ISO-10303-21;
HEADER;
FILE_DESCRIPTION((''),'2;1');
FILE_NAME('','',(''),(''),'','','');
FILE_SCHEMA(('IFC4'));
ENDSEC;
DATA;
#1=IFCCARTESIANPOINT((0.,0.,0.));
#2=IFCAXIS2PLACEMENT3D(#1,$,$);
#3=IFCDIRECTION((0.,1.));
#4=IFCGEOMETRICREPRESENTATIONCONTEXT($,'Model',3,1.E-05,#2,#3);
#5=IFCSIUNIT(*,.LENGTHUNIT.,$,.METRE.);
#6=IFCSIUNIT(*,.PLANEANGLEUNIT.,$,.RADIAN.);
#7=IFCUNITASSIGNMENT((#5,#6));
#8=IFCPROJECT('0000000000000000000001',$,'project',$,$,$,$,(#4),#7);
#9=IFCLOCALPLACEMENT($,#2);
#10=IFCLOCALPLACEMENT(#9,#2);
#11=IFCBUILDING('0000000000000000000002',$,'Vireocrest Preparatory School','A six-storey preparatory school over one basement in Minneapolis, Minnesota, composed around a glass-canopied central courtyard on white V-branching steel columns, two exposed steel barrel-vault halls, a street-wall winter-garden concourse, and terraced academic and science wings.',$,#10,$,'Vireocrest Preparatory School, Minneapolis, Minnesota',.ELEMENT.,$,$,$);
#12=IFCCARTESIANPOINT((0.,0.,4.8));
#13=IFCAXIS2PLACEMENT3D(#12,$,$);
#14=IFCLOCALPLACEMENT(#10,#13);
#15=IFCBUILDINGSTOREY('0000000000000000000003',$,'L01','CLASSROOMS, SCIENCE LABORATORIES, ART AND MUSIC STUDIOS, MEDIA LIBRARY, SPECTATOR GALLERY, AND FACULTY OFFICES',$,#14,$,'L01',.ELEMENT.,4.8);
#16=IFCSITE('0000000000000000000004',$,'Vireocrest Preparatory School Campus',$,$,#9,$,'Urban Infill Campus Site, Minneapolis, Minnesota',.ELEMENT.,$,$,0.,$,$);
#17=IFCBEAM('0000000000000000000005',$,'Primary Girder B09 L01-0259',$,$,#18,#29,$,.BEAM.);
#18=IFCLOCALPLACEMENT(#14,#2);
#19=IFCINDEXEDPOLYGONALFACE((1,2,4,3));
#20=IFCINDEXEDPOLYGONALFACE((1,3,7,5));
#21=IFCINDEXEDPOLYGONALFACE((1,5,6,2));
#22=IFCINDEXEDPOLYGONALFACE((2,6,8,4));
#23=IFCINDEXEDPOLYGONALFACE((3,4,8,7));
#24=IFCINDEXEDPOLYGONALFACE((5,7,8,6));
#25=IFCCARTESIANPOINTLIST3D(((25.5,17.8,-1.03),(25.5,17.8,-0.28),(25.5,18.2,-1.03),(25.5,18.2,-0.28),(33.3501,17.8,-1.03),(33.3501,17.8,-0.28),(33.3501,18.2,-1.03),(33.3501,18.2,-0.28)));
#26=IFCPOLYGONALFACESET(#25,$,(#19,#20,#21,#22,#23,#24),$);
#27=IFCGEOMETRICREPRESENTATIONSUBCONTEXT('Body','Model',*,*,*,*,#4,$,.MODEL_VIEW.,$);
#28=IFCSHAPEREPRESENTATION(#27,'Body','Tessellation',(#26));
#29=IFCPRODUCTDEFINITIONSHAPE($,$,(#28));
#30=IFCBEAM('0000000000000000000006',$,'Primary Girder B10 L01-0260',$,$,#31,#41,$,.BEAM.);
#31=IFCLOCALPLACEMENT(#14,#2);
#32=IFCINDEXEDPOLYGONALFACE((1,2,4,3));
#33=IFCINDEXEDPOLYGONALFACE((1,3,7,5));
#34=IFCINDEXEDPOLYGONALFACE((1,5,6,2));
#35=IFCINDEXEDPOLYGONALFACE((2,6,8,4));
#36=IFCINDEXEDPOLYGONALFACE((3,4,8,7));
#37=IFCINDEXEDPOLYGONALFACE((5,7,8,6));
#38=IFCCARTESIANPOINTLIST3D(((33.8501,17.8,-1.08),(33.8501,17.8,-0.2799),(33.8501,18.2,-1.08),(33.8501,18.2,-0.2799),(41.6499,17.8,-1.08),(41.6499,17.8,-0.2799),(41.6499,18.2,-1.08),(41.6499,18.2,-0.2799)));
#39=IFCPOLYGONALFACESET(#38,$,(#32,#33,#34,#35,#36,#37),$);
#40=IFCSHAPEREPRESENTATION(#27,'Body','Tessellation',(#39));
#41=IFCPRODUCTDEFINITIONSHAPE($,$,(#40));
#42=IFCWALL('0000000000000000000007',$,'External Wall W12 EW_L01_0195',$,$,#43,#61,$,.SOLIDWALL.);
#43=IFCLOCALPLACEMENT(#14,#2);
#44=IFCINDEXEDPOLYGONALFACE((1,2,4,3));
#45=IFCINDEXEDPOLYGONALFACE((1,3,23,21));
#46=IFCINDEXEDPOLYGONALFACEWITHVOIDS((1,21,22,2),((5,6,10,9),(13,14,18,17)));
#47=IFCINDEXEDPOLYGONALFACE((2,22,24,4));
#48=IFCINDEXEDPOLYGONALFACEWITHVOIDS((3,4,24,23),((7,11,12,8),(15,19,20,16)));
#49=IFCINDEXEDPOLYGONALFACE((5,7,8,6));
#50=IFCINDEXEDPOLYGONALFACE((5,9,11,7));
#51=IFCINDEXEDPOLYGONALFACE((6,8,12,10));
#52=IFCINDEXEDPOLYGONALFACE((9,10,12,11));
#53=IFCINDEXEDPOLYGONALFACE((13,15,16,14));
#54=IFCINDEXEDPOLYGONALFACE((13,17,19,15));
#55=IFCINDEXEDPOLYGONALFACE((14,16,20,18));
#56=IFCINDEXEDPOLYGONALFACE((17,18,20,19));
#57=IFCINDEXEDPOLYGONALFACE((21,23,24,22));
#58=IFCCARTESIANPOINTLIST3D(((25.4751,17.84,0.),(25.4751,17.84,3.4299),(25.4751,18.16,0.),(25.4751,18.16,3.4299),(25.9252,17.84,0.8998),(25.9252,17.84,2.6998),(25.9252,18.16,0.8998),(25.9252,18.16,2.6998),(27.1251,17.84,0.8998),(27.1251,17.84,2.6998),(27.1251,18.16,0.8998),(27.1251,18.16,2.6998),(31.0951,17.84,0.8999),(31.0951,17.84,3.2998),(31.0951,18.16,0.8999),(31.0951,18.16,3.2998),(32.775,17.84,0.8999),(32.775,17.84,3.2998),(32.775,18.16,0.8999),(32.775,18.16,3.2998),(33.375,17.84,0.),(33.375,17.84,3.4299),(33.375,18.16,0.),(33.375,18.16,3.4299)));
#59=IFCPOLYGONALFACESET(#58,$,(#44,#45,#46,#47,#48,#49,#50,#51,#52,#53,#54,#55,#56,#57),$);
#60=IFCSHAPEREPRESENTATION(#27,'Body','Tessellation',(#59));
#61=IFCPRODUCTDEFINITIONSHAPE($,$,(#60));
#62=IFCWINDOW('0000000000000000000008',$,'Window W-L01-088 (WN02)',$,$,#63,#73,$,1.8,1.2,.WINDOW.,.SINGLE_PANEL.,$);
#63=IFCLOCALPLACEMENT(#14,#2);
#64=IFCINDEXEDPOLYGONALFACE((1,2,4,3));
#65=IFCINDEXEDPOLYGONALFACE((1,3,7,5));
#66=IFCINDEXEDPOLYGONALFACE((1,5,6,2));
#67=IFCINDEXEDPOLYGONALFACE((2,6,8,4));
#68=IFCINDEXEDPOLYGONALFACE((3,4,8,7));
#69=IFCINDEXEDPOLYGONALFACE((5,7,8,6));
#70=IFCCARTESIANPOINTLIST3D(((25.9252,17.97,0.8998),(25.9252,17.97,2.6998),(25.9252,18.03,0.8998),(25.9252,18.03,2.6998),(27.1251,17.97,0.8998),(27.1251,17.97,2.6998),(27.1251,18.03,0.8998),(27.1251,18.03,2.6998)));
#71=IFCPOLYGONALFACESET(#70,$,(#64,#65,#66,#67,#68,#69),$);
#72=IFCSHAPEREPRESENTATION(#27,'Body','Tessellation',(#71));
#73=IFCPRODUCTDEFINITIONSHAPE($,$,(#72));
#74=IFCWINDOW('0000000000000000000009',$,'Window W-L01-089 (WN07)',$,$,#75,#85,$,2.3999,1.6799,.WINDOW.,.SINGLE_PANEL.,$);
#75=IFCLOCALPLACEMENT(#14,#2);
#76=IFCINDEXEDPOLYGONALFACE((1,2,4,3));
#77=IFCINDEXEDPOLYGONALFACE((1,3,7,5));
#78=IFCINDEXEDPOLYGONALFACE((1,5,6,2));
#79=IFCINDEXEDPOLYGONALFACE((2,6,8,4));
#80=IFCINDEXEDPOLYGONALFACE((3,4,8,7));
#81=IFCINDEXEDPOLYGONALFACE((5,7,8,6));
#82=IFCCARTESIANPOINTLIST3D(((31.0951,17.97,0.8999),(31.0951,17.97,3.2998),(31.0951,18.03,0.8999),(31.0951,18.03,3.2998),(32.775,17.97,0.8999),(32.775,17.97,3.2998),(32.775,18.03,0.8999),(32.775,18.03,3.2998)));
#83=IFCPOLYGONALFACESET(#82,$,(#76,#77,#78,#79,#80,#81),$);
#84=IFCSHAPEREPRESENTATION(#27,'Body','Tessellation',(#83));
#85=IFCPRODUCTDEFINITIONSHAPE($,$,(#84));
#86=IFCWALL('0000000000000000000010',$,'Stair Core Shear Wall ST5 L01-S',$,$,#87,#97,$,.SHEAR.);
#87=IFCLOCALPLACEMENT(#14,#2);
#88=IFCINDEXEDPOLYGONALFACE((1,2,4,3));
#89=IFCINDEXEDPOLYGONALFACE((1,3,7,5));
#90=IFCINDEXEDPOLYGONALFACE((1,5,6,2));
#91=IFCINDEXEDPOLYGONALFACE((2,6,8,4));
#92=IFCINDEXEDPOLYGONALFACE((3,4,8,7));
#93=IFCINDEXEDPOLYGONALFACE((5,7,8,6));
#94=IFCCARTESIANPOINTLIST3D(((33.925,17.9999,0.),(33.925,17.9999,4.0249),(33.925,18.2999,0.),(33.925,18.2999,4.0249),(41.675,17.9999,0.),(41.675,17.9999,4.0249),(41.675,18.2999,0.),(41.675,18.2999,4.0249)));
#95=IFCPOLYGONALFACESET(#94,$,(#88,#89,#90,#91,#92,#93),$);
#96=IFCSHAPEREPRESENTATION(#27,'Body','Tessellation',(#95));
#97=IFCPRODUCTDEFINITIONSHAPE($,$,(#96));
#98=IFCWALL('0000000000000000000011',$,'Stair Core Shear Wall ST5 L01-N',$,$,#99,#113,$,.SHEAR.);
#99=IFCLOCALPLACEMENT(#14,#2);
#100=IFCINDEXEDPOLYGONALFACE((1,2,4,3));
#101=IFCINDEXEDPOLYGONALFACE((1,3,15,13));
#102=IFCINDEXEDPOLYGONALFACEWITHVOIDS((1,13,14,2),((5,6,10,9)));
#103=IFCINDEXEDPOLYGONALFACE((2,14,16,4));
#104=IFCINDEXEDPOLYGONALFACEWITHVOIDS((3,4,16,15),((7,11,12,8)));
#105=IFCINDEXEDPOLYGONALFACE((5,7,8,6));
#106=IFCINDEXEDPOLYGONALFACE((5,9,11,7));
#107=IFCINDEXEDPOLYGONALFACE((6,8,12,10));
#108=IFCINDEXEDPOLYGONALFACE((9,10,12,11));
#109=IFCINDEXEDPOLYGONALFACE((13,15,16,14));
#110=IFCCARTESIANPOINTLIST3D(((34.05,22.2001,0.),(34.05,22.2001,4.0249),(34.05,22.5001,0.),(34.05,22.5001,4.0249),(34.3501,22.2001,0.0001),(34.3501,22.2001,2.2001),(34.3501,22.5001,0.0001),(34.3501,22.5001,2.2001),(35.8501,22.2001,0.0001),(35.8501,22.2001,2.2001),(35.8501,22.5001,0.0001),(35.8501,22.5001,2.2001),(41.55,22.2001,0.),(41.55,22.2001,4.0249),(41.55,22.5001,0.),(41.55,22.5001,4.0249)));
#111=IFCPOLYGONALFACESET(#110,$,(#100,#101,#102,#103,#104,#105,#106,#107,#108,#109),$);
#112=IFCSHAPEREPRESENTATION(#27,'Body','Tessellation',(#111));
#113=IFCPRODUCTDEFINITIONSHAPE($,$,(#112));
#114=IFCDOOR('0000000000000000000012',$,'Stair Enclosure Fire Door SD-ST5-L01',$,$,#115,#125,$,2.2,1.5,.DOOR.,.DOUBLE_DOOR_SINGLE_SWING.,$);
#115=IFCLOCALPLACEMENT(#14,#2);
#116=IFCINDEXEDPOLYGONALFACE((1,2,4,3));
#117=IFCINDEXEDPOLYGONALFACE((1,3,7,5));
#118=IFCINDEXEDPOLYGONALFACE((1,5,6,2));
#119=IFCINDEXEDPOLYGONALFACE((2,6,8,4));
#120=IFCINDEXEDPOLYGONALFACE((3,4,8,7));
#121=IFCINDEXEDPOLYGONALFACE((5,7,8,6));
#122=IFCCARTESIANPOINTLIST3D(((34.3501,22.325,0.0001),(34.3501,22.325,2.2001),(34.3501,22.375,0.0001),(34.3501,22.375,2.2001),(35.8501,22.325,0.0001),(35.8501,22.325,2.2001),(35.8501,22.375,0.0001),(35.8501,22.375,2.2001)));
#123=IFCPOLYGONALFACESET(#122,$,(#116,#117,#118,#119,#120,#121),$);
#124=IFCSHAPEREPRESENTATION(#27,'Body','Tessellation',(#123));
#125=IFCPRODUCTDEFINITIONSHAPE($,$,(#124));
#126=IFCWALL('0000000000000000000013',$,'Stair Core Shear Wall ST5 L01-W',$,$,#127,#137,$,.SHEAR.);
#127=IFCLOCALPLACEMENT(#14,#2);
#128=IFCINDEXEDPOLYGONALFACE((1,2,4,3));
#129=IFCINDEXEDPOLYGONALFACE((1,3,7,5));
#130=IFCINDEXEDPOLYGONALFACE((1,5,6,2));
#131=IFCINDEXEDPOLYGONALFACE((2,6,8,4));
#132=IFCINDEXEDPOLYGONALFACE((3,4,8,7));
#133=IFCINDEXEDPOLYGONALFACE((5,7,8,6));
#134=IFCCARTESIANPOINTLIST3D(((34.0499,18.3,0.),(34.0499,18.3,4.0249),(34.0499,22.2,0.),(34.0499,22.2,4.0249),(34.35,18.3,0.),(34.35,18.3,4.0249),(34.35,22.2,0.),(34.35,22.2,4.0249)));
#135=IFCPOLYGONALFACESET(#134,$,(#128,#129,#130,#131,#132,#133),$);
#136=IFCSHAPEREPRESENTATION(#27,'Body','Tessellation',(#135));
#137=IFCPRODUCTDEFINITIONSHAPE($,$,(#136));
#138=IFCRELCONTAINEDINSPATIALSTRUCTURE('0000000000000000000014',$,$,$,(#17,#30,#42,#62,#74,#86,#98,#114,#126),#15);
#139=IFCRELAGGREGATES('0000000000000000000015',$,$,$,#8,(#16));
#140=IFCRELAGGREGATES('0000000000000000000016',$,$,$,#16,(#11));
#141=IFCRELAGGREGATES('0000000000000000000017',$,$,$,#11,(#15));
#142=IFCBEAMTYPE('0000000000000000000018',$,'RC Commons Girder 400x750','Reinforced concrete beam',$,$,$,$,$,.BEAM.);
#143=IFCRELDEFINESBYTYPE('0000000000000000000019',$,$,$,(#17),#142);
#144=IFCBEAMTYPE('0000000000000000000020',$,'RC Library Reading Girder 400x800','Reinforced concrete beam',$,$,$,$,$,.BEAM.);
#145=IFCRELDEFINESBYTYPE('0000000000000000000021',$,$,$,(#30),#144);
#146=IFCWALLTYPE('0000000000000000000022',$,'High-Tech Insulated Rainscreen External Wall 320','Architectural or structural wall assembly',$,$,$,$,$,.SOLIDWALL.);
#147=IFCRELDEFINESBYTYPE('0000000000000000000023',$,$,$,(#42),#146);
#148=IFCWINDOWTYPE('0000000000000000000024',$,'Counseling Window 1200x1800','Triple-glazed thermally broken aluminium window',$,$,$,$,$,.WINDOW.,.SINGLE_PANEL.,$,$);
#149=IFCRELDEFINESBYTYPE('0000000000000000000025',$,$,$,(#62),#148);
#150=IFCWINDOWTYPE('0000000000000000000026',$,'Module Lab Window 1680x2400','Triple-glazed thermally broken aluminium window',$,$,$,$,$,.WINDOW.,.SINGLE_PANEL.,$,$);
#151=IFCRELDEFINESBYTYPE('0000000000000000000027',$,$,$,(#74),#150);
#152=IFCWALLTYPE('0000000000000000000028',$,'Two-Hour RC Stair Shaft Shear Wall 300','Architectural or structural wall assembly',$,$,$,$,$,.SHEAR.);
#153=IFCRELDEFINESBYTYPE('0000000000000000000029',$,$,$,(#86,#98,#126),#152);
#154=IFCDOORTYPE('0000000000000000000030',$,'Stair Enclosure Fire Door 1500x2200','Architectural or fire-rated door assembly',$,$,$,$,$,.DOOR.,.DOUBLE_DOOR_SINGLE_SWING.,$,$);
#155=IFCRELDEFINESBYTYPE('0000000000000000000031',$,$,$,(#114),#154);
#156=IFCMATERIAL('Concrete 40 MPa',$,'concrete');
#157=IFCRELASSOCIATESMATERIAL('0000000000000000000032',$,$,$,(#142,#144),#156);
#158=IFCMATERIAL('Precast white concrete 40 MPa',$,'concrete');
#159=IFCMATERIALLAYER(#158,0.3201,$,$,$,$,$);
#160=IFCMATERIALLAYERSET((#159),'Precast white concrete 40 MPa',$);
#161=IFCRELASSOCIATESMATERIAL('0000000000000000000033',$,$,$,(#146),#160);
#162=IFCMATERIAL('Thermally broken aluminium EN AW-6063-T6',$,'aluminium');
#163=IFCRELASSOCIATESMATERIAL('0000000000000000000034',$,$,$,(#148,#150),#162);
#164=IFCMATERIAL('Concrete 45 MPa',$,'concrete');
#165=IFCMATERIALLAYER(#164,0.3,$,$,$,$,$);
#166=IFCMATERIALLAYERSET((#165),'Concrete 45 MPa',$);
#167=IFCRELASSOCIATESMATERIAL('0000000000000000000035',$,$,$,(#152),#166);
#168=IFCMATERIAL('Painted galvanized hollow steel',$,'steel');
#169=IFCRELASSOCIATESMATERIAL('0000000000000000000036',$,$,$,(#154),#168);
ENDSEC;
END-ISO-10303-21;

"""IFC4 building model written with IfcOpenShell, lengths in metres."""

from ifc_helpers import new_model, si_unit, direction, frame, frame_2d, origin, origin_2d, place, context, subcontext, project, spatial, rectangle, extrude, material, layer, layer_set, material_profile, profile_set, type_object, element, fill, save


model = new_model("IFC4")

# Units and contexts
model_context = context("Model", 3, precision=1e-05, world=origin(), true_north=direction((0.0, 1.0)))
body_context = subcontext(model_context, "Body", "Model", "MODEL_VIEW")
ifc_project = project(units=[si_unit("LENGTHUNIT", "METRE"), si_unit("PLANEANGLEUNIT", "RADIAN")], contexts=[model_context])

# Site, building, storey
site_placement = place(None, origin())
site = spatial("IfcSite", under=ifc_project, at=site_placement, Name="Vireocrest Preparatory School Campus", LongName="Urban Infill Campus Site, Minneapolis, Minnesota", CompositionType="ELEMENT", RefElevation=0.0)
building_placement = place(site_placement, origin())
building = spatial("IfcBuilding", under=site, at=building_placement, Name="Vireocrest Preparatory School", Description="A six-storey preparatory school over one basement in Minneapolis, Minnesota, composed around a glass-canopied central courtyard on white V-branching steel columns, two exposed steel barrel-vault halls, a street-wall winter-garden concourse, and terraced academic and science wings.", LongName="Vireocrest Preparatory School, Minneapolis, Minnesota", CompositionType="ELEMENT")
storey_placement = place(building_placement, frame((0.0, 0.0, 4.8)))
storey = spatial("IfcBuildingStorey", under=building, at=storey_placement, Name="L01", Description="CLASSROOMS, SCIENCE LABORATORIES, ART AND MUSIC STUDIOS, MEDIA LIBRARY, SPECTATOR GALLERY, AND FACULTY OFFICES", LongName="L01", CompositionType="ELEMENT", Elevation=4.8)

# Shared definitions
ifc_material_1 = material(Name="Concrete 45 MPa", Category="concrete")

# Beams
ifc_material_2 = material(Name="Concrete 40 MPa", Category="concrete")
ifc_material_profile_1 = material_profile(ifc_material_2, rectangle(XDim=0.3999, YDim=0.75, at=origin_2d()), Name="RC 400x750")
ifc_profile_set_1 = profile_set([ifc_material_profile_1], Name="Concrete 40 MPa")
beam_type_1 = type_object("IfcBeamType", Name="RC Commons Girder 400x750", Description="Reinforced concrete beam", PredefinedType="BEAM", material=ifc_profile_set_1)
beam_1_placement = place(storey_placement, frame((25.5, 18.0, -0.655), z_axis=(1.0, 0.0, 0.0), x_axis=(0.0, 1.0, 0.0)))
element("IfcBeam", 1, at=beam_1_placement, inside=storey, type_object=beam_type_1, Name="Primary Girder B09 L01-0259", PredefinedType="BEAM", context=body_context, shape_type="SweptSolid", body=[
    extrude(rectangle(XDim=0.3999, YDim=0.75, at=origin_2d()), origin(), (0.0, 0.0, 1.0), 7.8501),
])
ifc_material_profile_2 = material_profile(ifc_material_2, rectangle(XDim=0.3999, YDim=0.8, at=origin_2d()), Name="RC 400x800")
ifc_profile_set_2 = profile_set([ifc_material_profile_2], Name="Concrete 40 MPa")
beam_type_2 = type_object("IfcBeamType", Name="RC Library Reading Girder 400x800", Description="Reinforced concrete beam", PredefinedType="BEAM", material=ifc_profile_set_2)
beam_2_placement = place(storey_placement, frame((33.8501, 18.0, -0.6799), z_axis=(1.0, 0.0, 0.0), x_axis=(0.0, 1.0, 0.0)))
element("IfcBeam", 2, at=beam_2_placement, inside=storey, type_object=beam_type_2, Name="Primary Girder B10 L01-0260", PredefinedType="BEAM", context=body_context, shape_type="SweptSolid", body=[
    extrude(rectangle(XDim=0.3999, YDim=0.8, at=origin_2d()), origin(), (0.0, 0.0, 1.0), 7.7998),
])

# Wall, openings, windows
ifc_material_3 = material(Name="Precast white concrete 40 MPa", Category="concrete")
ifc_layer_1 = layer(ifc_material_3, 0.3201)
ifc_layer_set_1 = layer_set([ifc_layer_1], Name="Precast white concrete 40 MPa")
wall_type_1 = type_object("IfcWallType", Name="High-Tech Insulated Rainscreen External Wall 320", Description="Architectural or structural wall assembly", PredefinedType="SOLIDWALL", material=ifc_layer_set_1)
wall_1_placement = place(storey_placement, frame((25.4751, 18.0, 0.0), z_axis=(0.0, 0.0, 1.0), x_axis=(1.0, 0.0, 0.0)))
wall_1 = element("IfcWall", 3, at=wall_1_placement, inside=storey, type_object=wall_type_1, Name="External Wall W12 EW_L01_0195", PredefinedType="SOLIDWALL", context=body_context, shape_type="SweptSolid", body=[
    extrude(rectangle(XDim=7.8999, YDim=0.3201, at=frame_2d((3.95, 0.0))), origin(), (0.0, 0.0, 1.0), 3.4299),
])
opening_1_placement = place(wall_1_placement, frame((0.45, 0.0, 0.8999)))
opening_1 = element("IfcOpeningElement", 4, at=opening_1_placement, cuts=wall_1, PredefinedType="OPENING", context=body_context, shape_type="SweptSolid", body=[
    extrude(rectangle(XDim=1.2, YDim=1.8, at=frame_2d((0.6001, 0.8999))), frame((0.0, 0.1699, 0.0), z_axis=(0.0, -1.0, 0.0), x_axis=(1.0, 0.0, 0.0)), (0.0, 0.0, 1.0), 0.3401),
])
opening_2_placement = place(wall_1_placement, frame((5.6201, 0.0, 0.8999)))
opening_2 = element("IfcOpeningElement", 5, at=opening_2_placement, cuts=wall_1, PredefinedType="OPENING", context=body_context, shape_type="SweptSolid", body=[
    extrude(rectangle(XDim=1.6799, YDim=2.3999, at=frame_2d((0.8398, 1.2))), frame((0.0, 0.1699, 0.0), z_axis=(0.0, -1.0, 0.0), x_axis=(1.0, 0.0, 0.0)), (0.0, 0.0, 1.0), 0.3401),
])
ifc_material_4 = material(Name="Thermally broken aluminium EN AW-6063-T6", Category="aluminium")
window_type_1 = type_object("IfcWindowType", Name="Counseling Window 1200x1800", Description="Triple-glazed thermally broken aluminium window", PartitioningType="SINGLE_PANEL", PredefinedType="WINDOW", material=ifc_material_4)
window_1_placement = place(opening_1_placement, origin())
window_1 = element("IfcWindow", 6, at=window_1_placement, inside=storey, type_object=window_type_1, Name="Window W-L01-088 (WN02)", OverallHeight=1.8, OverallWidth=1.2, PartitioningType="SINGLE_PANEL", PredefinedType="WINDOW", context=body_context, shape_type="SweptSolid", body=[
    extrude(rectangle(XDim=1.2, YDim=1.8, at=frame_2d((0.6001, 0.8999))), frame((0.0, 0.03, 0.0), z_axis=(0.0, -1.0, 0.0), x_axis=(1.0, 0.0, 0.0)), (0.0, 0.0, 1.0), 0.0601),
])
fill(opening_1, window_1)
window_type_2 = type_object("IfcWindowType", Name="Module Lab Window 1680x2400", Description="Triple-glazed thermally broken aluminium window", PartitioningType="SINGLE_PANEL", PredefinedType="WINDOW", material=ifc_material_4)
window_2_placement = place(opening_2_placement, origin())
window_2 = element("IfcWindow", 7, at=window_2_placement, inside=storey, type_object=window_type_2, Name="Window W-L01-089 (WN07)", OverallHeight=2.3999, OverallWidth=1.6799, PartitioningType="SINGLE_PANEL", PredefinedType="WINDOW", context=body_context, shape_type="SweptSolid", body=[
    extrude(rectangle(XDim=1.6799, YDim=2.3999, at=frame_2d((0.8398, 1.2))), frame((0.0, 0.03, 0.0), z_axis=(0.0, -1.0, 0.0), x_axis=(1.0, 0.0, 0.0)), (0.0, 0.0, 1.0), 0.0601),
])
fill(opening_2, window_2)

# Wall
ifc_layer_2 = layer(ifc_material_1, 0.3)
ifc_layer_set_2 = layer_set([ifc_layer_2], Name="Concrete 45 MPa")
wall_type_2 = type_object("IfcWallType", Name="Two-Hour RC Stair Shaft Shear Wall 300", Description="Architectural or structural wall assembly", PredefinedType="SHEAR", material=ifc_layer_set_2)
wall_2_placement = place(storey_placement, frame((33.925, 18.1499, 0.0), z_axis=(0.0, 0.0, 1.0), x_axis=(1.0, 0.0, 0.0)))
element("IfcWall", 8, at=wall_2_placement, inside=storey, type_object=wall_type_2, Name="Stair Core Shear Wall ST5 L01-S", PredefinedType="SHEAR", context=body_context, shape_type="SweptSolid", body=[
    extrude(rectangle(XDim=7.75, YDim=0.3, at=frame_2d((3.875, 0.0))), origin(), (0.0, 0.0, 1.0), 4.0249),
])

# Wall, opening, door
wall_3_placement = place(storey_placement, frame((34.05, 22.3501, 0.0), z_axis=(0.0, 0.0, 1.0), x_axis=(1.0, 0.0, 0.0)))
wall_3 = element("IfcWall", 9, at=wall_3_placement, inside=storey, type_object=wall_type_2, Name="Stair Core Shear Wall ST5 L01-N", PredefinedType="SHEAR", context=body_context, shape_type="SweptSolid", body=[
    extrude(rectangle(XDim=7.5, YDim=0.3, at=frame_2d((3.75, 0.0))), origin(), (0.0, 0.0, 1.0), 4.0249),
])
opening_3_placement = place(wall_3_placement, frame((0.3, 0.0, 0.0)))
opening_3 = element("IfcOpeningElement", 10, at=opening_3_placement, cuts=wall_3, PredefinedType="OPENING", context=body_context, shape_type="SweptSolid", body=[
    extrude(rectangle(XDim=1.5, YDim=2.2, at=frame_2d((0.75, 1.1001))), frame((0.0, 0.1599, 0.0), z_axis=(0.0, -1.0, 0.0), x_axis=(1.0, 0.0, 0.0)), (0.0, 0.0, 1.0), 0.3201),
])
ifc_material_5 = material(Name="Painted galvanized hollow steel", Category="steel")
door_type = type_object("IfcDoorType", Name="Stair Enclosure Fire Door 1500x2200", Description="Architectural or fire-rated door assembly", OperationType="DOUBLE_DOOR_SINGLE_SWING", PredefinedType="DOOR", material=ifc_material_5)
door_placement = place(opening_3_placement, origin())
door = element("IfcDoor", 11, at=door_placement, inside=storey, type_object=door_type, Name="Stair Enclosure Fire Door SD-ST5-L01", OperationType="DOUBLE_DOOR_SINGLE_SWING", OverallHeight=2.2, OverallWidth=1.5, PredefinedType="DOOR", context=body_context, shape_type="SweptSolid", body=[
    extrude(rectangle(XDim=1.5, YDim=2.2, at=frame_2d((0.75, 1.1001))), frame((0.0, 0.0249, 0.0), z_axis=(0.0, -1.0, 0.0), x_axis=(1.0, 0.0, 0.0)), (0.0, 0.0, 1.0), 0.05),
])
fill(opening_3, door)

# Wall
wall_4_placement = place(storey_placement, frame((34.2, 18.3, 0.0), z_axis=(0.0, 0.0, 1.0), x_axis=(0.0, 1.0, 0.0)))
element("IfcWall", 12, at=wall_4_placement, inside=storey, type_object=wall_type_2, Name="Stair Core Shear Wall ST5 L01-W", PredefinedType="SHEAR", context=body_context, shape_type="SweptSolid", body=[
    extrude(rectangle(XDim=3.8999, YDim=0.3, at=frame_2d((1.95, 0.0))), origin(), (0.0, 0.0, 1.0), 4.0249),
])

save(model, "model.ifc")
